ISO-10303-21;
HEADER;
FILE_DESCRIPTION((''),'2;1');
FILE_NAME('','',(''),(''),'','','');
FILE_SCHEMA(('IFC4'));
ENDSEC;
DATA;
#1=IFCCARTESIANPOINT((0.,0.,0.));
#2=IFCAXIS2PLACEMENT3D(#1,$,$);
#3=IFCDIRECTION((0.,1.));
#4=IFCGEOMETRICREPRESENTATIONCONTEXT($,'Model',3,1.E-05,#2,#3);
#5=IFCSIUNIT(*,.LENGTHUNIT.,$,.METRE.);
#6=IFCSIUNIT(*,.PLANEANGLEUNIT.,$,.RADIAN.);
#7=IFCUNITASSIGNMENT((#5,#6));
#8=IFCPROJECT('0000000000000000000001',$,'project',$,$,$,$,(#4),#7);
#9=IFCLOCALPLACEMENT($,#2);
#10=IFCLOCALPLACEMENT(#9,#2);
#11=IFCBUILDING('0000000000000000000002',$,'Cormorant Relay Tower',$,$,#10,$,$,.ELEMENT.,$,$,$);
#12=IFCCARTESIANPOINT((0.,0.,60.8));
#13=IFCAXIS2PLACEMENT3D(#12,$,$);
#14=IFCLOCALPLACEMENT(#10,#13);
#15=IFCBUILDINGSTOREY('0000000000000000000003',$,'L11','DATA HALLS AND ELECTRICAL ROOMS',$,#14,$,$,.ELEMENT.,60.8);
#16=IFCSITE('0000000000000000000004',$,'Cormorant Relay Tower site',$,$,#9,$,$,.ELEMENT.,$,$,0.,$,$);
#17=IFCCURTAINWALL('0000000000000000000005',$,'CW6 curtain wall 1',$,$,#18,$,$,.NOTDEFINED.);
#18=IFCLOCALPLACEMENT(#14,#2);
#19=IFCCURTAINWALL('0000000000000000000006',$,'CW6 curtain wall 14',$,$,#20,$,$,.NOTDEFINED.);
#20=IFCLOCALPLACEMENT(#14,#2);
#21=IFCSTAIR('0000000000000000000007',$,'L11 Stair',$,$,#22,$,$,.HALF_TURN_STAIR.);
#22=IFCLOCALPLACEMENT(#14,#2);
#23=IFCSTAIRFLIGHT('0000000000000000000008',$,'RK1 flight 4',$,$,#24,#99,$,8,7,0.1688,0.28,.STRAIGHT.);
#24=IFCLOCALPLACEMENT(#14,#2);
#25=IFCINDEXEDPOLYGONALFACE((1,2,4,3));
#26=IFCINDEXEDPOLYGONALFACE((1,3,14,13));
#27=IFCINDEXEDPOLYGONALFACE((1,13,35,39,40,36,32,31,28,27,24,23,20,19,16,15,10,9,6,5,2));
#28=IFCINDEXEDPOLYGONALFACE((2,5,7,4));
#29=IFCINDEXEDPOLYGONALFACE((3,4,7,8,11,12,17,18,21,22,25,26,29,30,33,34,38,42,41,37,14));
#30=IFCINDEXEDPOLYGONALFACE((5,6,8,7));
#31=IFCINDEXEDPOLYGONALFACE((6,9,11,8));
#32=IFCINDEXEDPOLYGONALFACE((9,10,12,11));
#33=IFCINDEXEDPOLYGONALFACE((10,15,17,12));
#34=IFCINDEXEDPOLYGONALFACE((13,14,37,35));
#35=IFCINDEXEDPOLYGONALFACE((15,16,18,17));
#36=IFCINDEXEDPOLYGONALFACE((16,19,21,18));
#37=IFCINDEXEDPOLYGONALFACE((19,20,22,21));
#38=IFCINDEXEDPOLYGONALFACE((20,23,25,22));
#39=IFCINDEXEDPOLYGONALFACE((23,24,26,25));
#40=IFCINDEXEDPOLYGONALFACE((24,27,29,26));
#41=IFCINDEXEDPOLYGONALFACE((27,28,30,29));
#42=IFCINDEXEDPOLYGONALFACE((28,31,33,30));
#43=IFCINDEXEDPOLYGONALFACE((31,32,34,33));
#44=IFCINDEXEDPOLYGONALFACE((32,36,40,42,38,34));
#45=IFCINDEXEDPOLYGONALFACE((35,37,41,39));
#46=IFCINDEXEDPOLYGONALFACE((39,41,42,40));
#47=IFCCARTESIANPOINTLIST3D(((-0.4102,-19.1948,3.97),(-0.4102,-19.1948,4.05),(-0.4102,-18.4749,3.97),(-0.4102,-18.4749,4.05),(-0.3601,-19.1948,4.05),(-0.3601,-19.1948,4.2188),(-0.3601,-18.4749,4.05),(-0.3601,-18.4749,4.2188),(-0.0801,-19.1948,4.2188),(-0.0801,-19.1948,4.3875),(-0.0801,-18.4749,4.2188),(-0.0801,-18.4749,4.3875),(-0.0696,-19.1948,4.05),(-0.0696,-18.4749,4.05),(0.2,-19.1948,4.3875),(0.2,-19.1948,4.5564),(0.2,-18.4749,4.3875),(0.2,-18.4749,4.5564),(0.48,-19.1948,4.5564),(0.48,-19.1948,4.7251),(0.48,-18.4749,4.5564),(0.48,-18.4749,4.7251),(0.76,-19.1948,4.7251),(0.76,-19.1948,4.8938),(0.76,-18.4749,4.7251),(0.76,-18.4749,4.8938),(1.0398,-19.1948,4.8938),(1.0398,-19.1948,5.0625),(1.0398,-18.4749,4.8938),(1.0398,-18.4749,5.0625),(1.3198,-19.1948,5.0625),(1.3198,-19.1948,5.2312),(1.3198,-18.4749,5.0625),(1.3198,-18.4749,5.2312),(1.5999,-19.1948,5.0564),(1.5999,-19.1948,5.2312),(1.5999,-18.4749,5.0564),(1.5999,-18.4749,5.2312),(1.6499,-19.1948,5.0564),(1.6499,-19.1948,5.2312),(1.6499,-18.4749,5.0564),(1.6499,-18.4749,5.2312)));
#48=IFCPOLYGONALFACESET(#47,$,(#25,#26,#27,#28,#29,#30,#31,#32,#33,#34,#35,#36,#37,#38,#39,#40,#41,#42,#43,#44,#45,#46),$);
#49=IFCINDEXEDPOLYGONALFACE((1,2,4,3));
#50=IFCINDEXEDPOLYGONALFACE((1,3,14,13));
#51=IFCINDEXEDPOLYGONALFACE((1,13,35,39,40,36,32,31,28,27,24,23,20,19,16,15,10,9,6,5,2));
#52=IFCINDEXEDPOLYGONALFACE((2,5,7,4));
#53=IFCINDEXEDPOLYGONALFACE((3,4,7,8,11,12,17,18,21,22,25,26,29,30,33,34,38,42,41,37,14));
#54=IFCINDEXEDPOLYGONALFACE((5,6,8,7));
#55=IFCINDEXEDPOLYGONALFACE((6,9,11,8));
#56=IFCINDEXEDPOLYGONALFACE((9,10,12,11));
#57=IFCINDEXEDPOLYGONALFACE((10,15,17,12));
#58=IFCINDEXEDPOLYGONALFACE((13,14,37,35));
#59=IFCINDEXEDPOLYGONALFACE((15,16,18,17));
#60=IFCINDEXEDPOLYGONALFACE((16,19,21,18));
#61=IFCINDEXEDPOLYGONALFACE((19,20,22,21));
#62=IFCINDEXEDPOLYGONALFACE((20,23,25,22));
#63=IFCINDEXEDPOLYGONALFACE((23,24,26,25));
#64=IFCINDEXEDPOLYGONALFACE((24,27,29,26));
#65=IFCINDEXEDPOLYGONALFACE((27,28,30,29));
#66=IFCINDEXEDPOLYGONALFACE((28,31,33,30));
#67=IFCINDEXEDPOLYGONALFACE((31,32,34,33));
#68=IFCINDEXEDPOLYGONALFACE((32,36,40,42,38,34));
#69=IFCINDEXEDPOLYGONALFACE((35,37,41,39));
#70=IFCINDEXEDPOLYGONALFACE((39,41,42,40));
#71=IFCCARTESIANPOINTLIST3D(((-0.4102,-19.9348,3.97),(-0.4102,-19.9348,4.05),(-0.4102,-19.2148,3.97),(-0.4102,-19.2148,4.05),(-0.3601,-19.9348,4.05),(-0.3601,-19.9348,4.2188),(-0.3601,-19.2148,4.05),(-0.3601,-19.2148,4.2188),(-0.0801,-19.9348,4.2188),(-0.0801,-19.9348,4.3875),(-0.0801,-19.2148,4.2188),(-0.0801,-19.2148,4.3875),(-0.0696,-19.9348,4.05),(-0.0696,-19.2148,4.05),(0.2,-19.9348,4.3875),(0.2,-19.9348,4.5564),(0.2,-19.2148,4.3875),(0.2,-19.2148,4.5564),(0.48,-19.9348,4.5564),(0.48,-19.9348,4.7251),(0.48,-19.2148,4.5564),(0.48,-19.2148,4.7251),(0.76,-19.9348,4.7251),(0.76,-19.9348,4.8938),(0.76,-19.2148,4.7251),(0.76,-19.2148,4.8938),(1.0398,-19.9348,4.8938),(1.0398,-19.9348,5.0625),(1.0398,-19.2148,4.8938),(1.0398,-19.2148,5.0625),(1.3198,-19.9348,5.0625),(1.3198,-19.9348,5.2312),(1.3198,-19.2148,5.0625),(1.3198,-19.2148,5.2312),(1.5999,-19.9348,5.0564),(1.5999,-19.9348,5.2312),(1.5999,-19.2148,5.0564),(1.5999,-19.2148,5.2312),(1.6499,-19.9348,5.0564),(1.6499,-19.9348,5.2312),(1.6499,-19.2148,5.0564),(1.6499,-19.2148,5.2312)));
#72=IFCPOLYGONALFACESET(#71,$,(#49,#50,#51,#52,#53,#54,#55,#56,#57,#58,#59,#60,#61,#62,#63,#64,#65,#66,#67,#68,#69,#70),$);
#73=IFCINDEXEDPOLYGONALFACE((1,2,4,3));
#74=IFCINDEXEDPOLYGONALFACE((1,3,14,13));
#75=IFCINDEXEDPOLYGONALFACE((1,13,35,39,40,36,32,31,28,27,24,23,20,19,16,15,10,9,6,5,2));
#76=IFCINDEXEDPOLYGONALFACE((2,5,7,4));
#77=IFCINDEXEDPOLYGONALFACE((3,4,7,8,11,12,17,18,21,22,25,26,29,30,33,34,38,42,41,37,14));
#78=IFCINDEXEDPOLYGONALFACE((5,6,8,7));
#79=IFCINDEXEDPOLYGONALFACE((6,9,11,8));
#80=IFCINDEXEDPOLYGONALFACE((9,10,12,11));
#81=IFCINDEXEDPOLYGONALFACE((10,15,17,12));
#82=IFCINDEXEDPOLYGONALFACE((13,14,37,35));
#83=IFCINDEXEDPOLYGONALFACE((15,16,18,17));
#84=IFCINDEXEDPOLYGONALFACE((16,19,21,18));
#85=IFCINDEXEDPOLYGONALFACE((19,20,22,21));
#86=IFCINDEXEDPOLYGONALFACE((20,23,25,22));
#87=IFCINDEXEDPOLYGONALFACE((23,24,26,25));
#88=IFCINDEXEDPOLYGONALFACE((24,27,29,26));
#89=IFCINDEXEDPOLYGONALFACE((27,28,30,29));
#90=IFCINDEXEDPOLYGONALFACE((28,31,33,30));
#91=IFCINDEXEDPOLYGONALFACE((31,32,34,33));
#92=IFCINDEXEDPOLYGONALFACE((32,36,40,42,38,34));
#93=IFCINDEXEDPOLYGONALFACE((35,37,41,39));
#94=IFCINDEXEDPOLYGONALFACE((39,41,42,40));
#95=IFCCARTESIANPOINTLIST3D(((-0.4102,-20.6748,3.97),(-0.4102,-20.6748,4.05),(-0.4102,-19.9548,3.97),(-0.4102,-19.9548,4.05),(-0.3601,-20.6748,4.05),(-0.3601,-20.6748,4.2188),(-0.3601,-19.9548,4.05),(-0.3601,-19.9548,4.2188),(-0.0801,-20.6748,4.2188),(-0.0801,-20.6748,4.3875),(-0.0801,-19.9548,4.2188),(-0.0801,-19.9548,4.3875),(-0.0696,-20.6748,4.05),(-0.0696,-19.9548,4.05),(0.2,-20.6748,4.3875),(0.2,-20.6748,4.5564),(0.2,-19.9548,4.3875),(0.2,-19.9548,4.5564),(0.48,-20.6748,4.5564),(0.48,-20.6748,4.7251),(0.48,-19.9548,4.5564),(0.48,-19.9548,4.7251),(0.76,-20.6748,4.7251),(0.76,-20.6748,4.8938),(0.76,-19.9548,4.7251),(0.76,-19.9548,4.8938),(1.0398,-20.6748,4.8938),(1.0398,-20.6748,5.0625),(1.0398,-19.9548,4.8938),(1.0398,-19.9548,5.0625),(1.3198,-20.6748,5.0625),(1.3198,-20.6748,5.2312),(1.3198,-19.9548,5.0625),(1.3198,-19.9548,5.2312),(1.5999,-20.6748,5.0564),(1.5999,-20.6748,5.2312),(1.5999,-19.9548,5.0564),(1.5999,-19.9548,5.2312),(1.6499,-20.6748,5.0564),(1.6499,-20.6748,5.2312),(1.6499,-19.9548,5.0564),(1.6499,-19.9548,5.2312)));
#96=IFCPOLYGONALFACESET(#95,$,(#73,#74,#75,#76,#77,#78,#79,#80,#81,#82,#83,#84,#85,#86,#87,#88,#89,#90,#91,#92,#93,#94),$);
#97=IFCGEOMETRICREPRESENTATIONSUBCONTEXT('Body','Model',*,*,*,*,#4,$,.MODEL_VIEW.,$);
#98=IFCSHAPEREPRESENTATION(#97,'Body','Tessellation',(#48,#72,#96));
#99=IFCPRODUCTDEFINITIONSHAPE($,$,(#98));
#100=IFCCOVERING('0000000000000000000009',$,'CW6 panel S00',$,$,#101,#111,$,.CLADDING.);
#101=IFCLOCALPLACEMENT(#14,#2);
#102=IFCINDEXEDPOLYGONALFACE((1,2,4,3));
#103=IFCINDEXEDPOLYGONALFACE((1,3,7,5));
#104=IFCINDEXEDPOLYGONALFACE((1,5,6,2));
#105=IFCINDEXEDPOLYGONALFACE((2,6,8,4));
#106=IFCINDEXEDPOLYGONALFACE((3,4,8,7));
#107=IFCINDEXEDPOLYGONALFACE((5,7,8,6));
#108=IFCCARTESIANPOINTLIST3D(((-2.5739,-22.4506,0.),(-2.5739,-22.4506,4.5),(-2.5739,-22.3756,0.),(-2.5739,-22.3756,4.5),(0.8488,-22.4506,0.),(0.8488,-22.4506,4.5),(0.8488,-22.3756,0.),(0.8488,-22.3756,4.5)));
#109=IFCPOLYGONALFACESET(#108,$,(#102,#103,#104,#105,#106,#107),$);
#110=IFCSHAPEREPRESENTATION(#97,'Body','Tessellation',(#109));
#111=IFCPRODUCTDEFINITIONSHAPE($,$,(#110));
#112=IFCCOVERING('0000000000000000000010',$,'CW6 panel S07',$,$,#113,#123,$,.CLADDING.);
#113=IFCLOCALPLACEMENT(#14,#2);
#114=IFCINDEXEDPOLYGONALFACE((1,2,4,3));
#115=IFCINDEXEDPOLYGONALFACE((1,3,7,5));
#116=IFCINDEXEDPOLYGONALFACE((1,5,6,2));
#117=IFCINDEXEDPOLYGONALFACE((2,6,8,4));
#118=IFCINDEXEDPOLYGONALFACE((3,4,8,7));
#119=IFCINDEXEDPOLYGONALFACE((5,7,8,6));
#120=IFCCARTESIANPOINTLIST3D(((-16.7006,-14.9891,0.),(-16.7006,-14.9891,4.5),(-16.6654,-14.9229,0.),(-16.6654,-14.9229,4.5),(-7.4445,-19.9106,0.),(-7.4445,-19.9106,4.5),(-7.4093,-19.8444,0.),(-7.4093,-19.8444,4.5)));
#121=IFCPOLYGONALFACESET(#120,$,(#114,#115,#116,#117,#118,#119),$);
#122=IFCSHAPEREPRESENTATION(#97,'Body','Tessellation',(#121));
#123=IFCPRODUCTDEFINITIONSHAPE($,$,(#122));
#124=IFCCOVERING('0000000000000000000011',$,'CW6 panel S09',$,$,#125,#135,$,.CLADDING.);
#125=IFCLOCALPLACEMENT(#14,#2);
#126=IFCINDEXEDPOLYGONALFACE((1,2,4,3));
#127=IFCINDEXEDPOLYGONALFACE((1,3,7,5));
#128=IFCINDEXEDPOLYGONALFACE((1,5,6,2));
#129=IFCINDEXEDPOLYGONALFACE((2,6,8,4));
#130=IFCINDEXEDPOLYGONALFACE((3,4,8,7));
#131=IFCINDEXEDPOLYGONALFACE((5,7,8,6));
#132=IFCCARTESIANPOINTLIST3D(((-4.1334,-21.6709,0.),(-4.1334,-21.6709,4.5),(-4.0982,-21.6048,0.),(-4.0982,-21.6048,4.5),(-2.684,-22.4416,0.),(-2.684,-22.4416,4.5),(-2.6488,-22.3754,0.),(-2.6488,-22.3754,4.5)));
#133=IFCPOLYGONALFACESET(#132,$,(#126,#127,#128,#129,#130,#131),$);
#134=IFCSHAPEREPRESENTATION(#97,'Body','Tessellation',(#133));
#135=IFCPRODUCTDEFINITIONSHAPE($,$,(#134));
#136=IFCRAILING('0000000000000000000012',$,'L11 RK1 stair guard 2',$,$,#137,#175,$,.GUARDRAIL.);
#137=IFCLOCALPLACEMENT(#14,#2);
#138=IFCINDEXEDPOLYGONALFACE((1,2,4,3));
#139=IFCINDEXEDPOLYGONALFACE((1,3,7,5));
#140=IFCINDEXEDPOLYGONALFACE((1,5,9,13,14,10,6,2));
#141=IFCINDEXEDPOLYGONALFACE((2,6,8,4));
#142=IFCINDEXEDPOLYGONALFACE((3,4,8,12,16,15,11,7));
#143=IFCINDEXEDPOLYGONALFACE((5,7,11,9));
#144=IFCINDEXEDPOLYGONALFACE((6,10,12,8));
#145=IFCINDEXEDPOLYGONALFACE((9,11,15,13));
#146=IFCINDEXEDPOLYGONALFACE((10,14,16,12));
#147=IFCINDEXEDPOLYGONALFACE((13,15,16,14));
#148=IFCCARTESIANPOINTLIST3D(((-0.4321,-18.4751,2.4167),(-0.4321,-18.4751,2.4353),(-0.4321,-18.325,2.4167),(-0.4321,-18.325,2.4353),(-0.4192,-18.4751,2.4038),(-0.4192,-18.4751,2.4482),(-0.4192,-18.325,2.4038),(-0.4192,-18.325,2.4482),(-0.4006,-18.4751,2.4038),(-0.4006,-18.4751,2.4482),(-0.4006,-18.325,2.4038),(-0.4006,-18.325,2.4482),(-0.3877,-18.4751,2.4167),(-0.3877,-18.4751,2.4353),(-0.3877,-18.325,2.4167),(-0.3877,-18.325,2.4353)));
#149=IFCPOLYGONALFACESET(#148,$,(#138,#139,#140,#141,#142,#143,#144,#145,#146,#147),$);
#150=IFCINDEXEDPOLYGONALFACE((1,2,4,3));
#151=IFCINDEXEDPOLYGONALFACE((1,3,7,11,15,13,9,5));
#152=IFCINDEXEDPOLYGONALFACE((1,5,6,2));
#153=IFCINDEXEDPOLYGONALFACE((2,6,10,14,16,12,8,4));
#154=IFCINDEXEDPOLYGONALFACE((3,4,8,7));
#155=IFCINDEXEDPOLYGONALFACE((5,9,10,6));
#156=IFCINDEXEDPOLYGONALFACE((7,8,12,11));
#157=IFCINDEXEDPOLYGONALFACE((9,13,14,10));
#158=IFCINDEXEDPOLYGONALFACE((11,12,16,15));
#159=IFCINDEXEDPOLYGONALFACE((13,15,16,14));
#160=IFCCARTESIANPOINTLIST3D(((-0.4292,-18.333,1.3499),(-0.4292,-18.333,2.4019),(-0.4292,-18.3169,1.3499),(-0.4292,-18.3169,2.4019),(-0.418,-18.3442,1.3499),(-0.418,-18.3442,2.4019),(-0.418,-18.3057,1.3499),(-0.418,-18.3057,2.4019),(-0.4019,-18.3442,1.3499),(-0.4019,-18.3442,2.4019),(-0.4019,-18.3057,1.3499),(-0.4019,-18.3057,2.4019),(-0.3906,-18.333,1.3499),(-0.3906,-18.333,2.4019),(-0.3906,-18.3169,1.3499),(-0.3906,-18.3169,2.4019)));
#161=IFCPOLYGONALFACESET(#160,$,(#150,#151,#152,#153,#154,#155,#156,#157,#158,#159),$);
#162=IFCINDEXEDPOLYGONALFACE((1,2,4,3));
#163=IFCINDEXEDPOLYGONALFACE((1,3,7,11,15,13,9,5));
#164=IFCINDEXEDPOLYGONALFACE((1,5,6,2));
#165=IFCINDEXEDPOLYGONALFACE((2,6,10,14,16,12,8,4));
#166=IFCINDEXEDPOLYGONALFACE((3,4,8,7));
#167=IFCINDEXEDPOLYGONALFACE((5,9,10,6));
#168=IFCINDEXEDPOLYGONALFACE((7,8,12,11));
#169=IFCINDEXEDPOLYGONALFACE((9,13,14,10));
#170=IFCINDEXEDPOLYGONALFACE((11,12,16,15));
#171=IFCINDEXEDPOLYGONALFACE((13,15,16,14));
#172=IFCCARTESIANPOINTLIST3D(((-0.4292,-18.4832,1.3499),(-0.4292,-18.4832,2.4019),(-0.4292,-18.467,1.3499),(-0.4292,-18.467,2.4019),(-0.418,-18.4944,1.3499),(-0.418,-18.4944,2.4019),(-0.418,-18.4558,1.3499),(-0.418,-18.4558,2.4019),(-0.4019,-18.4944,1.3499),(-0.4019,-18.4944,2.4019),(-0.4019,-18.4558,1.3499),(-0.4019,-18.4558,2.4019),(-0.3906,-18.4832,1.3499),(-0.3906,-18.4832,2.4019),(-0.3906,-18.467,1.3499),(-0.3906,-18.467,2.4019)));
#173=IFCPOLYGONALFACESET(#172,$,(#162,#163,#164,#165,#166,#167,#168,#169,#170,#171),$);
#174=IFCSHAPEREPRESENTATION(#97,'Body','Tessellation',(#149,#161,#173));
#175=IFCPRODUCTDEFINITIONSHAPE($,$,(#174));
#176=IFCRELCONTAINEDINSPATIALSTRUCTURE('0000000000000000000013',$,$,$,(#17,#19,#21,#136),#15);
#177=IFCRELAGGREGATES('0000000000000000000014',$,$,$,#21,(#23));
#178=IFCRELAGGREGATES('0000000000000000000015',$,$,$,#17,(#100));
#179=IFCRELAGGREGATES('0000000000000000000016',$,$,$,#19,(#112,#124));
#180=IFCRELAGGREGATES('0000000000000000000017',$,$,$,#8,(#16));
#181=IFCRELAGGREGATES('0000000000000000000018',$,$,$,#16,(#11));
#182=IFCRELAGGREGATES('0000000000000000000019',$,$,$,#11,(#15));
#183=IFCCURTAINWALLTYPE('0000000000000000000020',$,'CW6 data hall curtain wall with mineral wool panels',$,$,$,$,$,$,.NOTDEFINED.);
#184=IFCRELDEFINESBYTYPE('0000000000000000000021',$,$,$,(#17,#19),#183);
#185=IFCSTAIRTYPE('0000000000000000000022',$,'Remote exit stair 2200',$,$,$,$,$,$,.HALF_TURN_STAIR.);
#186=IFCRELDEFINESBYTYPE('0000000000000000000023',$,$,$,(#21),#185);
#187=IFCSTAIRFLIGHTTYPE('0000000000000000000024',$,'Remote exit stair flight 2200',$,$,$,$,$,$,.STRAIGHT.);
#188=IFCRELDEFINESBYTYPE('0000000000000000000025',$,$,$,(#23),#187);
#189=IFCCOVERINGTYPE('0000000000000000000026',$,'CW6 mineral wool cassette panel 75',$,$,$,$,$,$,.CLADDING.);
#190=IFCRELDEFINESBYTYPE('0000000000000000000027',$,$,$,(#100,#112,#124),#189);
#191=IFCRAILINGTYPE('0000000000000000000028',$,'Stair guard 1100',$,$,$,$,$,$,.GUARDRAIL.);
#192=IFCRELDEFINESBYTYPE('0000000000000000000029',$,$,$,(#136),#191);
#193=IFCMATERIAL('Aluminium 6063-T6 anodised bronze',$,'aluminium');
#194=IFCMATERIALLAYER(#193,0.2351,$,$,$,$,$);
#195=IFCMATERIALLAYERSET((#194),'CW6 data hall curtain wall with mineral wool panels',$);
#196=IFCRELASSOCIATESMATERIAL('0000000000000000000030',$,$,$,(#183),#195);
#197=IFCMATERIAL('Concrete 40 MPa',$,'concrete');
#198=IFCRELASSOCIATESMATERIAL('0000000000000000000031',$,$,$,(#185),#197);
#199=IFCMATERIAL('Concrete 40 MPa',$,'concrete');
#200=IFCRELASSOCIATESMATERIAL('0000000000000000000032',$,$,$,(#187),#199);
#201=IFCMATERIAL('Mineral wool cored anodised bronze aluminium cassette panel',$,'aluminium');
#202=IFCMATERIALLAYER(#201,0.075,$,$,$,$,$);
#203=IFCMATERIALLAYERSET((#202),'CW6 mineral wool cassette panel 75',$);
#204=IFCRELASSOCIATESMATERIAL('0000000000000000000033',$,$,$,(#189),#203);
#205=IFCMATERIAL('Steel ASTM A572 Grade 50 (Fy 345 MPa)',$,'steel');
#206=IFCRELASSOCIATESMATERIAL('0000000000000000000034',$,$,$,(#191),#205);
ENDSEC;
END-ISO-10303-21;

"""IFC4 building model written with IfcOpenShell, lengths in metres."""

from ifc_helpers import new_model, si_unit, direction, frame, origin, origin_2d, place, context, subcontext, project, spatial, polyline, rectangle, outline, extrude, material, layer, layer_set, type_object, element, aggregate, save


model = new_model("IFC4")

# Units and contexts
model_context = context("Model", 3, precision=1e-05, world=origin(), true_north=direction((0.0, 1.0)))
body_context = subcontext(model_context, "Body", "Model", "MODEL_VIEW")
ifc_project = project(units=[si_unit("LENGTHUNIT", "METRE"), si_unit("PLANEANGLEUNIT", "RADIAN")], contexts=[model_context])

# Site, building, storey
site_placement = place(None, origin())
site = spatial("IfcSite", under=ifc_project, at=site_placement, Name="Cormorant Relay Tower site", CompositionType="ELEMENT", RefElevation=0.0)
building_placement = place(site_placement, origin())
building = spatial("IfcBuilding", under=site, at=building_placement, Name="Cormorant Relay Tower", CompositionType="ELEMENT")
storey_placement = place(building_placement, frame((0.0, 0.0, 60.8)))
storey = spatial("IfcBuildingStorey", under=building, at=storey_placement, Name="L11", Description="DATA HALLS AND ELECTRICAL ROOMS", CompositionType="ELEMENT", Elevation=60.8)

# Curtain wall
ifc_material_1 = material(Name="Aluminium 6063-T6 anodised bronze", Category="aluminium")
ifc_layer_1 = layer(ifc_material_1, 0.2351)
ifc_layer_set_1 = layer_set([ifc_layer_1], Name="CW6 data hall curtain wall with mineral wool panels")
curtain_wall_type = type_object("IfcCurtainWallType", Name="CW6 data hall curtain wall with mineral wool panels", PredefinedType="NOTDEFINED", material=ifc_layer_set_1)
curtain_wall_1_placement = place(storey_placement, origin())
curtain_wall_1 = element("IfcCurtainWall", 1, at=curtain_wall_1_placement, inside=storey, type_object=curtain_wall_type, Name="CW6 curtain wall 1", PredefinedType="NOTDEFINED")

# Curtain wall
curtain_wall_2_placement = place(storey_placement, origin())
curtain_wall_2 = element("IfcCurtainWall", 2, at=curtain_wall_2_placement, inside=storey, type_object=curtain_wall_type, Name="CW6 curtain wall 14", PredefinedType="NOTDEFINED")

# Stair, stair flight
ifc_material_2 = material(Name="Concrete 40 MPa", Category="concrete")
stair_type = type_object("IfcStairType", Name="Remote exit stair 2200", PredefinedType="HALF_TURN_STAIR", material=ifc_material_2)
stair_placement = place(storey_placement, origin())
stair = element("IfcStair", 3, at=stair_placement, inside=storey, type_object=stair_type, Name="L11 Stair", PredefinedType="HALF_TURN_STAIR")
ifc_material_3 = material(Name="Concrete 40 MPa", Category="concrete")
stair_flight_type = type_object("IfcStairFlightType", Name="Remote exit stair flight 2200", PredefinedType="STRAIGHT", material=ifc_material_3)
stair_flight_1_placement = place(storey_placement, frame((-0.3601, -19.575, 4.05), z_axis=(0.0, 0.0, 1.0), x_axis=(1.0, 0.0, 0.0)))
stair_flight_1 = element("IfcStairFlight", 4, at=stair_flight_1_placement, type_object=stair_flight_type, Name="RK1 flight 4", NumberOfRisers=8, NumberOfTreads=7, PredefinedType="STRAIGHT", RiserHeight=0.1688, TreadLength=0.28, context=body_context, shape_type="SweptSolid", body=[
    extrude(outline(polyline([(-0.05, -0.0801), (-0.05, 0.0), (0.0, 0.0), (0.0, 0.1687), (0.28, 0.1687), (0.28, 0.3374), (0.5601, 0.3374), (0.5601, 0.5063), (0.8401, 0.5063), (0.8401, 0.675), (1.1201, 0.675), (1.1201, 0.8438), (1.3999, 0.8438), (1.3999, 1.0125), (1.6799, 1.0125), (1.6799, 1.1812), (1.96, 1.1812), (2.01, 1.1812), (2.01, 1.0063), (1.96, 1.0063), (0.2905, 0.0), (-0.05, -0.0801)])), frame((0.0, 1.1001, 0.0), z_axis=(0.0, -1.0, 0.0), x_axis=(1.0, 0.0, 0.0)), (0.0, 0.0, 1.0), 0.72),
    extrude(outline(polyline([(-0.05, -0.0801), (-0.05, 0.0), (0.0, 0.0), (0.0, 0.1687), (0.28, 0.1687), (0.28, 0.3374), (0.5601, 0.3374), (0.5601, 0.5063), (0.8401, 0.5063), (0.8401, 0.675), (1.1201, 0.675), (1.1201, 0.8438), (1.3999, 0.8438), (1.3999, 1.0125), (1.6799, 1.0125), (1.6799, 1.1812), (1.96, 1.1812), (2.01, 1.1812), (2.01, 1.0063), (1.96, 1.0063), (0.2905, 0.0), (-0.05, -0.0801)])), frame((0.0, 0.3601, 0.0), z_axis=(0.0, -1.0, 0.0), x_axis=(1.0, 0.0, 0.0)), (0.0, 0.0, 1.0), 0.72),
    extrude(outline(polyline([(-0.05, -0.0801), (-0.05, 0.0), (0.0, 0.0), (0.0, 0.1687), (0.28, 0.1687), (0.28, 0.3374), (0.5601, 0.3374), (0.5601, 0.5063), (0.8401, 0.5063), (0.8401, 0.675), (1.1201, 0.675), (1.1201, 0.8438), (1.3999, 0.8438), (1.3999, 1.0125), (1.6799, 1.0125), (1.6799, 1.1812), (1.96, 1.1812), (2.01, 1.1812), (2.01, 1.0063), (1.96, 1.0063), (0.2905, 0.0), (-0.05, -0.0801)])), frame((0.0, -0.3799, 0.0), z_axis=(0.0, -1.0, 0.0), x_axis=(1.0, 0.0, 0.0)), (0.0, 0.0, 1.0), 0.72),
])
aggregate(stair, [stair_flight_1])

# Coverings
ifc_material_4 = material(Name="Mineral wool cored anodised bronze aluminium cassette panel", Category="aluminium")
ifc_layer_2 = layer(ifc_material_4, 0.075)
ifc_layer_set_2 = layer_set([ifc_layer_2], Name="CW6 mineral wool cassette panel 75")
covering_type = type_object("IfcCoveringType", Name="CW6 mineral wool cassette panel 75", PredefinedType="CLADDING", material=ifc_layer_set_2)
covering_1_placement = place(storey_placement, frame((-0.8625, -22.4131, 0.0), z_axis=(0.0, 0.0, 1.0), x_axis=(1.0, 0.0, 0.0)))
covering_1 = element("IfcCovering", 5, at=covering_1_placement, type_object=covering_type, Name="CW6 panel S00", PredefinedType="CLADDING", context=body_context, shape_type="SweptSolid", body=[
    extrude(rectangle(XDim=3.4226, YDim=0.075, at=origin_2d()), origin(), (0.0, 0.0, 1.0), 4.5),
])
aggregate(curtain_wall_1, [covering_1])
covering_2_placement = place(storey_placement, frame((-12.0549, -17.4167, 0.0), z_axis=(0.0, 0.0, 1.0), x_axis=(0.882948, -0.469472, 0.0)))
covering_2 = element("IfcCovering", 6, at=covering_2_placement, type_object=covering_type, Name="CW6 panel S07", PredefinedType="CLADDING", context=body_context, shape_type="SweptSolid", body=[
    extrude(rectangle(XDim=10.4832, YDim=0.075, at=origin_2d()), origin(), (0.0, 0.0, 1.0), 4.5),
])
covering_3_placement = place(storey_placement, frame((-3.3911, -22.0232, 0.0), z_axis=(0.0, 0.0, 1.0), x_axis=(0.882948, -0.469472, 0.0)))
covering_3 = element("IfcCovering", 7, at=covering_3_placement, type_object=covering_type, Name="CW6 panel S09", PredefinedType="CLADDING", context=body_context, shape_type="SweptSolid", body=[
    extrude(rectangle(XDim=1.6416, YDim=0.075, at=origin_2d()), origin(), (0.0, 0.0, 1.0), 4.5),
])
aggregate(curtain_wall_2, [covering_2, covering_3])

# Railing
ifc_material_5 = material(Name="Steel ASTM A572 Grade 50 (Fy 345 MPa)", Category="steel")
railing_type_1 = type_object("IfcRailingType", Name="Stair guard 1100", PredefinedType="GUARDRAIL", material=ifc_material_5)
railing_1_placement = place(storey_placement, frame((-0.4099, -18.325, 1.3499)))
element("IfcRailing", 8, at=railing_1_placement, inside=storey, type_object=railing_type_1, Name="L11 RK1 stair guard 2", PredefinedType="GUARDRAIL", context=body_context, shape_type="SweptSolid", body=[
    extrude(outline(polyline([(0.0222, 0.0093), (0.0093, 0.0222), (-0.0093, 0.0222), (-0.0222, 0.0093), (-0.0222, -0.0093), (-0.0093, -0.0222), (0.0093, -0.0222), (0.0222, -0.0093), (0.0222, 0.0093)])), frame((0.0, 0.0, 1.0762), z_axis=(0.0, -1.0, 0.0), x_axis=(1.0, 0.0, 0.0)), (0.0, 0.0, 1.0), 0.1501),
    extrude(outline(polyline([(0.0193, 0.0081), (0.0081, 0.0193), (-0.0081, 0.0193), (-0.0193, 0.0081), (-0.0193, -0.0081), (-0.0081, -0.0193), (0.0081, -0.0193), (0.0193, -0.0081), (0.0193, 0.0081)])), origin(), (0.0, 0.0, 1.0), 1.052),
    extrude(outline(polyline([(0.0193, 0.0081), (0.0081, 0.0193), (-0.0081, 0.0193), (-0.0193, 0.0081), (-0.0193, -0.0081), (-0.0081, -0.0193), (0.0081, -0.0193), (0.0193, -0.0081), (0.0193, 0.0081)])), frame((0.0, -0.1501, 0.0)), (0.0, 0.0, 1.0), 1.052),
])

save(model, "model.ifc")
